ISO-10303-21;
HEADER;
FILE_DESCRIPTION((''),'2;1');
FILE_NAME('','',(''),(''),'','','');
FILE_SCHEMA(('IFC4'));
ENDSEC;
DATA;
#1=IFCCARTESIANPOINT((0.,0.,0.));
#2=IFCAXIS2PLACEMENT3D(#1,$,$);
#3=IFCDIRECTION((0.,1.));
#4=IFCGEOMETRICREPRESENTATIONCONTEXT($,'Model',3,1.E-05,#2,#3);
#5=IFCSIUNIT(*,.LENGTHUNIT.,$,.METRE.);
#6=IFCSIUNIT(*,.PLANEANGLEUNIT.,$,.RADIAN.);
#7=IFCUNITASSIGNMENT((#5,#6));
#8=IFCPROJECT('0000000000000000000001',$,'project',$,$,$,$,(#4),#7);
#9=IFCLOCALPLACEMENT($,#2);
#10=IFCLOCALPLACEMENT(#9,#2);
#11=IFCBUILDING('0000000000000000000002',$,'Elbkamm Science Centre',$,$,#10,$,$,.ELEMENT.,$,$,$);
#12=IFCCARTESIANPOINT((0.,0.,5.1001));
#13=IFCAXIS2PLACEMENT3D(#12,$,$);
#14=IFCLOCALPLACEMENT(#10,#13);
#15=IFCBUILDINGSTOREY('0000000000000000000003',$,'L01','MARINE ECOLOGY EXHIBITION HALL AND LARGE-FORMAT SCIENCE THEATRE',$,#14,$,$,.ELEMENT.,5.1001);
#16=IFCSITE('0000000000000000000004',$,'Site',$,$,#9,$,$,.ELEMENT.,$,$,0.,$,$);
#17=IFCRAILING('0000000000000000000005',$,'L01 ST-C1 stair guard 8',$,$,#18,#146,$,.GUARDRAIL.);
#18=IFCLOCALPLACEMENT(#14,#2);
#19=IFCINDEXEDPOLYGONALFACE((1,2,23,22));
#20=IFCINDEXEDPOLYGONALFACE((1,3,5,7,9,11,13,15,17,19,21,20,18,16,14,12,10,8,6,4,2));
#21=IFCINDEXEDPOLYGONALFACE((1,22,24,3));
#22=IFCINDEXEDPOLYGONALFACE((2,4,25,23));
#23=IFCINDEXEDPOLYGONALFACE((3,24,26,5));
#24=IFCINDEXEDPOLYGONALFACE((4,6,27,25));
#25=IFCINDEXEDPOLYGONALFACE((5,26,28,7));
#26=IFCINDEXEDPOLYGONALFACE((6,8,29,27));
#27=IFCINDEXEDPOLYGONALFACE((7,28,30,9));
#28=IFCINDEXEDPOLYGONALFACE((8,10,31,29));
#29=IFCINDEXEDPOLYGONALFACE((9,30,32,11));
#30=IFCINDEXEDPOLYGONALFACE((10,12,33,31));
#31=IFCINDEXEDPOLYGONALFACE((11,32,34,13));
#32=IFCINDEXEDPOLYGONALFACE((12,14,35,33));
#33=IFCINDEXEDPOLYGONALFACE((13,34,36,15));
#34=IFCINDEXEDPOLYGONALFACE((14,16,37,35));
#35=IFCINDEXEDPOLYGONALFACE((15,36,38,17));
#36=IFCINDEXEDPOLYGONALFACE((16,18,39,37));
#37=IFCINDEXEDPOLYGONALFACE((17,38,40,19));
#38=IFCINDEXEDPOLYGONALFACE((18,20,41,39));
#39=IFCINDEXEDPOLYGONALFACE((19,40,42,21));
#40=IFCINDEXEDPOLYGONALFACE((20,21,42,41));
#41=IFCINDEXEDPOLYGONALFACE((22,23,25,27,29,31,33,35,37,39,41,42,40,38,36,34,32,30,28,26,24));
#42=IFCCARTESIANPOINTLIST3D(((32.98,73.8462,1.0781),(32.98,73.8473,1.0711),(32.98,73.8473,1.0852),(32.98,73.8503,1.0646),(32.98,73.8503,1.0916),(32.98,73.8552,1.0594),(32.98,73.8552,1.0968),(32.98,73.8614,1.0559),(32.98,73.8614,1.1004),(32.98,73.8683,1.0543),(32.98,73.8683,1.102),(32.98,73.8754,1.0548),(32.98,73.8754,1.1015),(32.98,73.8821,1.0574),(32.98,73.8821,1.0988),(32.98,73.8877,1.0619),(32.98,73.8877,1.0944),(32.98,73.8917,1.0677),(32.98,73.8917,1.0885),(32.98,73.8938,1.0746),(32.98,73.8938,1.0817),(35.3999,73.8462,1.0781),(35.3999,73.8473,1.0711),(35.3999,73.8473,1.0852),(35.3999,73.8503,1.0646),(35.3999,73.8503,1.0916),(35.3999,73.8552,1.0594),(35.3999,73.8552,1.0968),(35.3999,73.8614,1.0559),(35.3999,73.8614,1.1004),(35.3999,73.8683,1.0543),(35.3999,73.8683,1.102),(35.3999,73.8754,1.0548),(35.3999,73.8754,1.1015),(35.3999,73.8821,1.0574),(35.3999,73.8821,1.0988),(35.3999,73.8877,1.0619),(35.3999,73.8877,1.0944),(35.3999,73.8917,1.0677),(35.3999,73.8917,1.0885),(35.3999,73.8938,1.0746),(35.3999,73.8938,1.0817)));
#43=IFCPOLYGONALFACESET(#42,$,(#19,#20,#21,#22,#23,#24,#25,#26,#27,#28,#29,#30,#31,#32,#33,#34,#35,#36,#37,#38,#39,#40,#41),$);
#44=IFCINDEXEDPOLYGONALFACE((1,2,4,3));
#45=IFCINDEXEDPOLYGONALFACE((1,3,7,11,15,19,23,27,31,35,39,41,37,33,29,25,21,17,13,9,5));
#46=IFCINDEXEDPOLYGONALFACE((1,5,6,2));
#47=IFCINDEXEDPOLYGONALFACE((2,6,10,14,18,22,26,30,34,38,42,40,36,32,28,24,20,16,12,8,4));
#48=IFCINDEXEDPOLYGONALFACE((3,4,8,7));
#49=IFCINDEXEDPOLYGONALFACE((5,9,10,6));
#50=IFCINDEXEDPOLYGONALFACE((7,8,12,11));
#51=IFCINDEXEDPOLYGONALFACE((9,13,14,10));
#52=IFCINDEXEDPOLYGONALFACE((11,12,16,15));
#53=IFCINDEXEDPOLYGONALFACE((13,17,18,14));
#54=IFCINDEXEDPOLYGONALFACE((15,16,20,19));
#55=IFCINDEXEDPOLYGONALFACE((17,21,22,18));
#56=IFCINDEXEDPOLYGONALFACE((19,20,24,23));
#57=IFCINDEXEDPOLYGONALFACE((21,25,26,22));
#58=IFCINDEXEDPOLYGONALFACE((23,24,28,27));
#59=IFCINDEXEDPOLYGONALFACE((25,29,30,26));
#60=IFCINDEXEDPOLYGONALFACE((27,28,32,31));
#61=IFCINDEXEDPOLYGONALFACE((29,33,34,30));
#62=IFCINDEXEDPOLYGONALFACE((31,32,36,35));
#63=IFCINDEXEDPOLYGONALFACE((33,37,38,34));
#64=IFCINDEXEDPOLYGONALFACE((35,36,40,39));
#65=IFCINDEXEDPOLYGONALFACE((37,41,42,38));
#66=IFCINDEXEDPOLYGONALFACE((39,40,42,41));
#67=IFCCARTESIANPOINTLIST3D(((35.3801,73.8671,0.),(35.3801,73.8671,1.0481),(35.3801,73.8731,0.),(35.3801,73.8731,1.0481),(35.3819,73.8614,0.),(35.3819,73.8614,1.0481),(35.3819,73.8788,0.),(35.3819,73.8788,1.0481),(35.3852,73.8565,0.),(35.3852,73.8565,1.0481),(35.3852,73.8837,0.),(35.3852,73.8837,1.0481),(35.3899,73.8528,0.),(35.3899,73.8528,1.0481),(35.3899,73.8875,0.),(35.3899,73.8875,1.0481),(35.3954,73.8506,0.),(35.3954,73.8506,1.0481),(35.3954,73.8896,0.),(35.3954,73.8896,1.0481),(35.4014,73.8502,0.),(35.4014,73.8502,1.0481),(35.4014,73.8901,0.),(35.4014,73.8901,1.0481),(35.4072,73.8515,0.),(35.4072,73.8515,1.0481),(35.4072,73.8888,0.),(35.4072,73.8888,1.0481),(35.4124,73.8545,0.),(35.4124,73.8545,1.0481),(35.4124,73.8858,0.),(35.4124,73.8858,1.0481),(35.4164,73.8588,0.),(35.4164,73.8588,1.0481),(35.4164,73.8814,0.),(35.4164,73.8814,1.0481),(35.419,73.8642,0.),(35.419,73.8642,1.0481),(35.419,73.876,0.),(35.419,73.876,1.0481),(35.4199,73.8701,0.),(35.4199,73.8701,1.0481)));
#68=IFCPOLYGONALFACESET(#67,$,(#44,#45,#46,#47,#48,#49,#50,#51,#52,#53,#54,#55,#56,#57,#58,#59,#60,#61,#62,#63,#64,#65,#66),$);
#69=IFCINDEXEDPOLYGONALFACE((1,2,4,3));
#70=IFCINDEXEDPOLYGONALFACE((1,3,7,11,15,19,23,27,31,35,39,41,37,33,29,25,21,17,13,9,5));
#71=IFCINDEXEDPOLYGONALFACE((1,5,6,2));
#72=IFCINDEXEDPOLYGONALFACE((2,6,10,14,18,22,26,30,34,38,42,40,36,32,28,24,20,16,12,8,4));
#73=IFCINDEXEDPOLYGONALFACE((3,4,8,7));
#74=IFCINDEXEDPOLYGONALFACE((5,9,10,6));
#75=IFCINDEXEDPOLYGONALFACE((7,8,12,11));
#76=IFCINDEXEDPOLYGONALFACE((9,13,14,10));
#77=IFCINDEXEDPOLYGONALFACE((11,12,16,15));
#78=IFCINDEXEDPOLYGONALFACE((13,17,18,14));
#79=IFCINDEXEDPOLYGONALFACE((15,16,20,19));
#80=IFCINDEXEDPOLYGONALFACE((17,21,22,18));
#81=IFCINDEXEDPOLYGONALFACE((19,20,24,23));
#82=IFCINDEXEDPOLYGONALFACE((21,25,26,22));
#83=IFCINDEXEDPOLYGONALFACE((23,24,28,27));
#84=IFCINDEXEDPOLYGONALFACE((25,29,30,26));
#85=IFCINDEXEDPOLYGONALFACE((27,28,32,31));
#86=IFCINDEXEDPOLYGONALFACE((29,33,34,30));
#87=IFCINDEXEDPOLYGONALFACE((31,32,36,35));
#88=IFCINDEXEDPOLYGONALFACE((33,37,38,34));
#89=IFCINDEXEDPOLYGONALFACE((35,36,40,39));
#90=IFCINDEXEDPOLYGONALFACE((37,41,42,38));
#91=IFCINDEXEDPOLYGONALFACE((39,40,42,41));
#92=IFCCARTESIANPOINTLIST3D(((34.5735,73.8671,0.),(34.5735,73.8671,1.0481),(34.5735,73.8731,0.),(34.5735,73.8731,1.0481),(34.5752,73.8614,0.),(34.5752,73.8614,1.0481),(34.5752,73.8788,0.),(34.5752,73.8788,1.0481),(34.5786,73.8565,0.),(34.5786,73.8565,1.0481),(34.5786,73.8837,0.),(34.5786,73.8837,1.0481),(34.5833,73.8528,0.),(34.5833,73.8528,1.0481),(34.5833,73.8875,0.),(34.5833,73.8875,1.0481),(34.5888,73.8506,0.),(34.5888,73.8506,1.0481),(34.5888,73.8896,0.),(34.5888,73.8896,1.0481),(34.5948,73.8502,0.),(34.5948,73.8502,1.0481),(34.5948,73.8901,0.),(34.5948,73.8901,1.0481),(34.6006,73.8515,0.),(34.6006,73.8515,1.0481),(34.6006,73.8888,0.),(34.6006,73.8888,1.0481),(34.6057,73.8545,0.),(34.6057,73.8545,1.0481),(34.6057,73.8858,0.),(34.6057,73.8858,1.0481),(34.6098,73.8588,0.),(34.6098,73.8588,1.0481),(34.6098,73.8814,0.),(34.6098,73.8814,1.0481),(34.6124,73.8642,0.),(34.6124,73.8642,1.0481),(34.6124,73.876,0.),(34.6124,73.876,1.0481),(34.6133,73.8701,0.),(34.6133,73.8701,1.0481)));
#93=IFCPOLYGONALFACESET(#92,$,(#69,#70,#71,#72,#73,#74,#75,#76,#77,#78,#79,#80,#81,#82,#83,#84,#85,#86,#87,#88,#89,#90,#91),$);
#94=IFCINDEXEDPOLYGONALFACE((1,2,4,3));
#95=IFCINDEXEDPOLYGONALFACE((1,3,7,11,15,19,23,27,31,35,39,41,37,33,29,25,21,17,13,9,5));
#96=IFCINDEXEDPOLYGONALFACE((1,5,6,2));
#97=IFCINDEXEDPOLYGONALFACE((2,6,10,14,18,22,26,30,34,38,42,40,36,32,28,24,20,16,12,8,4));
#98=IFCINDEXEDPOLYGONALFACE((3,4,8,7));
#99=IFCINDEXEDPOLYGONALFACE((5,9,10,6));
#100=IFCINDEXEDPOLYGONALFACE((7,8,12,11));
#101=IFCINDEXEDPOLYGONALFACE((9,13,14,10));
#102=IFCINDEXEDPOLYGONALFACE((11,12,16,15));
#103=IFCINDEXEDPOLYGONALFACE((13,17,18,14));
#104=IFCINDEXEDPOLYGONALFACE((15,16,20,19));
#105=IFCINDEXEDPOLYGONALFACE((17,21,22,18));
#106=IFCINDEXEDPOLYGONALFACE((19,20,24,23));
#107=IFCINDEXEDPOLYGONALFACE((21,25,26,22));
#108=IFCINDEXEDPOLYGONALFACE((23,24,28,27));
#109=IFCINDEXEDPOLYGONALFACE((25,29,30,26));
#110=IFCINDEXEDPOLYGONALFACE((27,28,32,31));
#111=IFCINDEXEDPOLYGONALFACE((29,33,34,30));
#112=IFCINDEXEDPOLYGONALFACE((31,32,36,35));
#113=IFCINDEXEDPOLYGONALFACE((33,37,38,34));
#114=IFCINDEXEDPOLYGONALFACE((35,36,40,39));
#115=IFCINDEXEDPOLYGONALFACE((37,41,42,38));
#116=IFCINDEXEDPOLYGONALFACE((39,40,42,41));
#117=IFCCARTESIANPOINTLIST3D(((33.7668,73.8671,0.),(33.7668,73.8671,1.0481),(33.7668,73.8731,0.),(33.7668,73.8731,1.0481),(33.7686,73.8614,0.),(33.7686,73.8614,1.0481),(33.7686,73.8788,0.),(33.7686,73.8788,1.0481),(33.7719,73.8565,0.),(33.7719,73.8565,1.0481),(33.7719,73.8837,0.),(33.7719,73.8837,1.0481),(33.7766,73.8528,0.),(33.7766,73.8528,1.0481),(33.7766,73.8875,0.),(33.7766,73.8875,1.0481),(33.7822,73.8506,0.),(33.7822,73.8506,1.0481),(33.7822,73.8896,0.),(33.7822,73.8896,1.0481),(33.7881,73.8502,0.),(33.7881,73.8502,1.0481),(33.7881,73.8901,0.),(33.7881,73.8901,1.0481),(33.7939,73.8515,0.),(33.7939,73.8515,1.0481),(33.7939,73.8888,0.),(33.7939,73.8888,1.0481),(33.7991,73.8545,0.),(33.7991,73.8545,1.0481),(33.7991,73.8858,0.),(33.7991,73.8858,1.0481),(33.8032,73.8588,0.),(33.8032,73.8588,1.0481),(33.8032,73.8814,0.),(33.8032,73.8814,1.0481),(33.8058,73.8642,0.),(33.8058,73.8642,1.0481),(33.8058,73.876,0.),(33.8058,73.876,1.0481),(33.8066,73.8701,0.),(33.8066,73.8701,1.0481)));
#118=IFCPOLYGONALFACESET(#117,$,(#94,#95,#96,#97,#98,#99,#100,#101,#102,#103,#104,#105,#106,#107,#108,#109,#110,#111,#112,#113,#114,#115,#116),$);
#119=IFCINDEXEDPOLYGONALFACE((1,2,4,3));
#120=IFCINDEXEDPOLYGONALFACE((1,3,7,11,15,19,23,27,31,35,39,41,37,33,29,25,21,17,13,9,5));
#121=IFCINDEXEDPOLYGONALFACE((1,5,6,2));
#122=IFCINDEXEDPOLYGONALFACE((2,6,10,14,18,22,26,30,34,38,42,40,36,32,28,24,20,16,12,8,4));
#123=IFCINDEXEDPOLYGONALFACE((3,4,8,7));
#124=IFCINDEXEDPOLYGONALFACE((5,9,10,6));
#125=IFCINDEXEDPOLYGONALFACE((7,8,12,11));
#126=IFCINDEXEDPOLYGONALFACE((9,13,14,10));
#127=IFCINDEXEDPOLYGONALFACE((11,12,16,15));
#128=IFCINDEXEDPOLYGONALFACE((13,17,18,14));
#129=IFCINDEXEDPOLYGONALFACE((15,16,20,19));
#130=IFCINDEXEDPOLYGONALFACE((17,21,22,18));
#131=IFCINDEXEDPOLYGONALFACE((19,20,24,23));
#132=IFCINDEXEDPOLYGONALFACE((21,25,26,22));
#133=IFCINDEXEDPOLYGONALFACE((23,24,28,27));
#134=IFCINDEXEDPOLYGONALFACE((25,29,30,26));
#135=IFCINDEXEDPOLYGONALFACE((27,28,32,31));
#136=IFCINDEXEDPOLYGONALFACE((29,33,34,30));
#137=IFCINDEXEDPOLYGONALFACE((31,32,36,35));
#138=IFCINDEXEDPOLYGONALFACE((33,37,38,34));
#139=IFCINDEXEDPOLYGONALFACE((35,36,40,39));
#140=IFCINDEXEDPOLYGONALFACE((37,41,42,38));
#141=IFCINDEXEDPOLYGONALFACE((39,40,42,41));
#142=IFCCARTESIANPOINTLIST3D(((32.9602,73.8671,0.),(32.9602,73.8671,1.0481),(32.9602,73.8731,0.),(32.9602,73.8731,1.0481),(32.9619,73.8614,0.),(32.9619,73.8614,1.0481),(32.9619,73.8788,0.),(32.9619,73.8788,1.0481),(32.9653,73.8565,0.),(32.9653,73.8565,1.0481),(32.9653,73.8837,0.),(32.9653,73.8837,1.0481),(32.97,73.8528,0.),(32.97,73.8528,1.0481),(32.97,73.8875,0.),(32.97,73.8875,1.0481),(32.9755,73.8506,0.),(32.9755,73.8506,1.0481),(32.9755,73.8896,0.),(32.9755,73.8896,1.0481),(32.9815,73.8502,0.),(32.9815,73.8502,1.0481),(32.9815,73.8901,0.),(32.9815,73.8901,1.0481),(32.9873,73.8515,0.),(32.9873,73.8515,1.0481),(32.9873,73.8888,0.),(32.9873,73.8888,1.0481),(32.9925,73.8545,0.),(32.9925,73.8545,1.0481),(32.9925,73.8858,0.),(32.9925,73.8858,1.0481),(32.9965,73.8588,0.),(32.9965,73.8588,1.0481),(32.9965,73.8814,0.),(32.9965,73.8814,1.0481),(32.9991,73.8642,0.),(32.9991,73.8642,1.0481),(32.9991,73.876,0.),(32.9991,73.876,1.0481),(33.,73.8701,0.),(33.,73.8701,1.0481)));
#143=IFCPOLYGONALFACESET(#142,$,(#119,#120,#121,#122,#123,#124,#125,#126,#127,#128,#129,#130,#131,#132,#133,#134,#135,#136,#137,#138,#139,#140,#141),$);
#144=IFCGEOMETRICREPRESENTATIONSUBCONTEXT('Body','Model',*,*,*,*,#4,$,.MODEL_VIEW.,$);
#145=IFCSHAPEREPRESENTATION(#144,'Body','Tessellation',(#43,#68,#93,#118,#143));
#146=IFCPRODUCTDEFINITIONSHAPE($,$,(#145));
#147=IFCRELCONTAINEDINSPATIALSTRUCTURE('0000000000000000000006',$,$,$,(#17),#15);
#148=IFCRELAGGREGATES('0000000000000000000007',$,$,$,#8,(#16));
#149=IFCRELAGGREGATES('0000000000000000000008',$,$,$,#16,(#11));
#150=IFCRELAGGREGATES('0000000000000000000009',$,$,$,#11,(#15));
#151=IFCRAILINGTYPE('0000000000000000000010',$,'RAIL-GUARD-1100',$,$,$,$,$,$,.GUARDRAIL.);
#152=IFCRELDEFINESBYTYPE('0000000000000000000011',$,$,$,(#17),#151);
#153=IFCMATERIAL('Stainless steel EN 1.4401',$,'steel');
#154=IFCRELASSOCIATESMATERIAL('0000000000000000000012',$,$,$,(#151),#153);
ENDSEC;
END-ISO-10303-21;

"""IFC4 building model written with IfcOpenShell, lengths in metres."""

from ifc_helpers import new_model, si_unit, direction, frame, origin, origin_2d, place, context, subcontext, project, spatial, circle, extrude, material, type_object, element, save


model = new_model("IFC4")

# Units and contexts
model_context = context("Model", 3, precision=1e-05, world=origin(), true_north=direction((0.0, 1.0)))
body_context = subcontext(model_context, "Body", "Model", "MODEL_VIEW")
ifc_project = project(units=[si_unit("LENGTHUNIT", "METRE"), si_unit("PLANEANGLEUNIT", "RADIAN")], contexts=[model_context])

# Site, building, storey
site_placement = place(None, origin())
site = spatial("IfcSite", under=ifc_project, at=site_placement, Name="Site", CompositionType="ELEMENT", RefElevation=0.0)
building_placement = place(site_placement, origin())
building = spatial("IfcBuilding", under=site, at=building_placement, Name="Elbkamm Science Centre", CompositionType="ELEMENT")
storey_placement = place(building_placement, frame((0.0, 0.0, 5.1001)))
storey = spatial("IfcBuildingStorey", under=building, at=storey_placement, Name="L01", Description="MARINE ECOLOGY EXHIBITION HALL AND LARGE-FORMAT SCIENCE THEATRE", CompositionType="ELEMENT", Elevation=5.1001)

# Railing
ifc_material_1 = material(Name="Stainless steel EN 1.4401", Category="steel")
railing_type_1 = type_object("IfcRailingType", Name="RAIL-GUARD-1100", PredefinedType="GUARDRAIL", material=ifc_material_1)
for number, where, name in (
    (1, (35.3999, 73.8701, 0.0), "L01 ST-C1 stair guard 8"),
):
    element("IfcRailing", number, at=place(storey_placement, frame(where)), inside=storey, type_object=railing_type_1, Name=name, PredefinedType="GUARDRAIL", context=body_context, shape_type="SweptSolid", body=[
        extrude(circle(Radius=0.0239, at=origin_2d()), frame((0.0, 0.0, 1.0781), z_axis=(-1.0, 0.0, 0.0), x_axis=(0.0, -1.0, 0.0)), (0.0, 0.0, 1.0), 2.4199),
        extrude(circle(Radius=0.02, at=origin_2d()), origin(), (0.0, 0.0, 1.0), 1.0481),
        extrude(circle(Radius=0.02, at=origin_2d()), frame((-0.8066, 0.0, 0.0)), (0.0, 0.0, 1.0), 1.0481),
        extrude(circle(Radius=0.02, at=origin_2d()), frame((-1.6133, 0.0, 0.0)), (0.0, 0.0, 1.0), 1.0481),
        extrude(circle(Radius=0.02, at=origin_2d()), frame((-2.4199, 0.0, 0.0)), (0.0, 0.0, 1.0), 1.0481),
    ])

save(model, "model.ifc")
